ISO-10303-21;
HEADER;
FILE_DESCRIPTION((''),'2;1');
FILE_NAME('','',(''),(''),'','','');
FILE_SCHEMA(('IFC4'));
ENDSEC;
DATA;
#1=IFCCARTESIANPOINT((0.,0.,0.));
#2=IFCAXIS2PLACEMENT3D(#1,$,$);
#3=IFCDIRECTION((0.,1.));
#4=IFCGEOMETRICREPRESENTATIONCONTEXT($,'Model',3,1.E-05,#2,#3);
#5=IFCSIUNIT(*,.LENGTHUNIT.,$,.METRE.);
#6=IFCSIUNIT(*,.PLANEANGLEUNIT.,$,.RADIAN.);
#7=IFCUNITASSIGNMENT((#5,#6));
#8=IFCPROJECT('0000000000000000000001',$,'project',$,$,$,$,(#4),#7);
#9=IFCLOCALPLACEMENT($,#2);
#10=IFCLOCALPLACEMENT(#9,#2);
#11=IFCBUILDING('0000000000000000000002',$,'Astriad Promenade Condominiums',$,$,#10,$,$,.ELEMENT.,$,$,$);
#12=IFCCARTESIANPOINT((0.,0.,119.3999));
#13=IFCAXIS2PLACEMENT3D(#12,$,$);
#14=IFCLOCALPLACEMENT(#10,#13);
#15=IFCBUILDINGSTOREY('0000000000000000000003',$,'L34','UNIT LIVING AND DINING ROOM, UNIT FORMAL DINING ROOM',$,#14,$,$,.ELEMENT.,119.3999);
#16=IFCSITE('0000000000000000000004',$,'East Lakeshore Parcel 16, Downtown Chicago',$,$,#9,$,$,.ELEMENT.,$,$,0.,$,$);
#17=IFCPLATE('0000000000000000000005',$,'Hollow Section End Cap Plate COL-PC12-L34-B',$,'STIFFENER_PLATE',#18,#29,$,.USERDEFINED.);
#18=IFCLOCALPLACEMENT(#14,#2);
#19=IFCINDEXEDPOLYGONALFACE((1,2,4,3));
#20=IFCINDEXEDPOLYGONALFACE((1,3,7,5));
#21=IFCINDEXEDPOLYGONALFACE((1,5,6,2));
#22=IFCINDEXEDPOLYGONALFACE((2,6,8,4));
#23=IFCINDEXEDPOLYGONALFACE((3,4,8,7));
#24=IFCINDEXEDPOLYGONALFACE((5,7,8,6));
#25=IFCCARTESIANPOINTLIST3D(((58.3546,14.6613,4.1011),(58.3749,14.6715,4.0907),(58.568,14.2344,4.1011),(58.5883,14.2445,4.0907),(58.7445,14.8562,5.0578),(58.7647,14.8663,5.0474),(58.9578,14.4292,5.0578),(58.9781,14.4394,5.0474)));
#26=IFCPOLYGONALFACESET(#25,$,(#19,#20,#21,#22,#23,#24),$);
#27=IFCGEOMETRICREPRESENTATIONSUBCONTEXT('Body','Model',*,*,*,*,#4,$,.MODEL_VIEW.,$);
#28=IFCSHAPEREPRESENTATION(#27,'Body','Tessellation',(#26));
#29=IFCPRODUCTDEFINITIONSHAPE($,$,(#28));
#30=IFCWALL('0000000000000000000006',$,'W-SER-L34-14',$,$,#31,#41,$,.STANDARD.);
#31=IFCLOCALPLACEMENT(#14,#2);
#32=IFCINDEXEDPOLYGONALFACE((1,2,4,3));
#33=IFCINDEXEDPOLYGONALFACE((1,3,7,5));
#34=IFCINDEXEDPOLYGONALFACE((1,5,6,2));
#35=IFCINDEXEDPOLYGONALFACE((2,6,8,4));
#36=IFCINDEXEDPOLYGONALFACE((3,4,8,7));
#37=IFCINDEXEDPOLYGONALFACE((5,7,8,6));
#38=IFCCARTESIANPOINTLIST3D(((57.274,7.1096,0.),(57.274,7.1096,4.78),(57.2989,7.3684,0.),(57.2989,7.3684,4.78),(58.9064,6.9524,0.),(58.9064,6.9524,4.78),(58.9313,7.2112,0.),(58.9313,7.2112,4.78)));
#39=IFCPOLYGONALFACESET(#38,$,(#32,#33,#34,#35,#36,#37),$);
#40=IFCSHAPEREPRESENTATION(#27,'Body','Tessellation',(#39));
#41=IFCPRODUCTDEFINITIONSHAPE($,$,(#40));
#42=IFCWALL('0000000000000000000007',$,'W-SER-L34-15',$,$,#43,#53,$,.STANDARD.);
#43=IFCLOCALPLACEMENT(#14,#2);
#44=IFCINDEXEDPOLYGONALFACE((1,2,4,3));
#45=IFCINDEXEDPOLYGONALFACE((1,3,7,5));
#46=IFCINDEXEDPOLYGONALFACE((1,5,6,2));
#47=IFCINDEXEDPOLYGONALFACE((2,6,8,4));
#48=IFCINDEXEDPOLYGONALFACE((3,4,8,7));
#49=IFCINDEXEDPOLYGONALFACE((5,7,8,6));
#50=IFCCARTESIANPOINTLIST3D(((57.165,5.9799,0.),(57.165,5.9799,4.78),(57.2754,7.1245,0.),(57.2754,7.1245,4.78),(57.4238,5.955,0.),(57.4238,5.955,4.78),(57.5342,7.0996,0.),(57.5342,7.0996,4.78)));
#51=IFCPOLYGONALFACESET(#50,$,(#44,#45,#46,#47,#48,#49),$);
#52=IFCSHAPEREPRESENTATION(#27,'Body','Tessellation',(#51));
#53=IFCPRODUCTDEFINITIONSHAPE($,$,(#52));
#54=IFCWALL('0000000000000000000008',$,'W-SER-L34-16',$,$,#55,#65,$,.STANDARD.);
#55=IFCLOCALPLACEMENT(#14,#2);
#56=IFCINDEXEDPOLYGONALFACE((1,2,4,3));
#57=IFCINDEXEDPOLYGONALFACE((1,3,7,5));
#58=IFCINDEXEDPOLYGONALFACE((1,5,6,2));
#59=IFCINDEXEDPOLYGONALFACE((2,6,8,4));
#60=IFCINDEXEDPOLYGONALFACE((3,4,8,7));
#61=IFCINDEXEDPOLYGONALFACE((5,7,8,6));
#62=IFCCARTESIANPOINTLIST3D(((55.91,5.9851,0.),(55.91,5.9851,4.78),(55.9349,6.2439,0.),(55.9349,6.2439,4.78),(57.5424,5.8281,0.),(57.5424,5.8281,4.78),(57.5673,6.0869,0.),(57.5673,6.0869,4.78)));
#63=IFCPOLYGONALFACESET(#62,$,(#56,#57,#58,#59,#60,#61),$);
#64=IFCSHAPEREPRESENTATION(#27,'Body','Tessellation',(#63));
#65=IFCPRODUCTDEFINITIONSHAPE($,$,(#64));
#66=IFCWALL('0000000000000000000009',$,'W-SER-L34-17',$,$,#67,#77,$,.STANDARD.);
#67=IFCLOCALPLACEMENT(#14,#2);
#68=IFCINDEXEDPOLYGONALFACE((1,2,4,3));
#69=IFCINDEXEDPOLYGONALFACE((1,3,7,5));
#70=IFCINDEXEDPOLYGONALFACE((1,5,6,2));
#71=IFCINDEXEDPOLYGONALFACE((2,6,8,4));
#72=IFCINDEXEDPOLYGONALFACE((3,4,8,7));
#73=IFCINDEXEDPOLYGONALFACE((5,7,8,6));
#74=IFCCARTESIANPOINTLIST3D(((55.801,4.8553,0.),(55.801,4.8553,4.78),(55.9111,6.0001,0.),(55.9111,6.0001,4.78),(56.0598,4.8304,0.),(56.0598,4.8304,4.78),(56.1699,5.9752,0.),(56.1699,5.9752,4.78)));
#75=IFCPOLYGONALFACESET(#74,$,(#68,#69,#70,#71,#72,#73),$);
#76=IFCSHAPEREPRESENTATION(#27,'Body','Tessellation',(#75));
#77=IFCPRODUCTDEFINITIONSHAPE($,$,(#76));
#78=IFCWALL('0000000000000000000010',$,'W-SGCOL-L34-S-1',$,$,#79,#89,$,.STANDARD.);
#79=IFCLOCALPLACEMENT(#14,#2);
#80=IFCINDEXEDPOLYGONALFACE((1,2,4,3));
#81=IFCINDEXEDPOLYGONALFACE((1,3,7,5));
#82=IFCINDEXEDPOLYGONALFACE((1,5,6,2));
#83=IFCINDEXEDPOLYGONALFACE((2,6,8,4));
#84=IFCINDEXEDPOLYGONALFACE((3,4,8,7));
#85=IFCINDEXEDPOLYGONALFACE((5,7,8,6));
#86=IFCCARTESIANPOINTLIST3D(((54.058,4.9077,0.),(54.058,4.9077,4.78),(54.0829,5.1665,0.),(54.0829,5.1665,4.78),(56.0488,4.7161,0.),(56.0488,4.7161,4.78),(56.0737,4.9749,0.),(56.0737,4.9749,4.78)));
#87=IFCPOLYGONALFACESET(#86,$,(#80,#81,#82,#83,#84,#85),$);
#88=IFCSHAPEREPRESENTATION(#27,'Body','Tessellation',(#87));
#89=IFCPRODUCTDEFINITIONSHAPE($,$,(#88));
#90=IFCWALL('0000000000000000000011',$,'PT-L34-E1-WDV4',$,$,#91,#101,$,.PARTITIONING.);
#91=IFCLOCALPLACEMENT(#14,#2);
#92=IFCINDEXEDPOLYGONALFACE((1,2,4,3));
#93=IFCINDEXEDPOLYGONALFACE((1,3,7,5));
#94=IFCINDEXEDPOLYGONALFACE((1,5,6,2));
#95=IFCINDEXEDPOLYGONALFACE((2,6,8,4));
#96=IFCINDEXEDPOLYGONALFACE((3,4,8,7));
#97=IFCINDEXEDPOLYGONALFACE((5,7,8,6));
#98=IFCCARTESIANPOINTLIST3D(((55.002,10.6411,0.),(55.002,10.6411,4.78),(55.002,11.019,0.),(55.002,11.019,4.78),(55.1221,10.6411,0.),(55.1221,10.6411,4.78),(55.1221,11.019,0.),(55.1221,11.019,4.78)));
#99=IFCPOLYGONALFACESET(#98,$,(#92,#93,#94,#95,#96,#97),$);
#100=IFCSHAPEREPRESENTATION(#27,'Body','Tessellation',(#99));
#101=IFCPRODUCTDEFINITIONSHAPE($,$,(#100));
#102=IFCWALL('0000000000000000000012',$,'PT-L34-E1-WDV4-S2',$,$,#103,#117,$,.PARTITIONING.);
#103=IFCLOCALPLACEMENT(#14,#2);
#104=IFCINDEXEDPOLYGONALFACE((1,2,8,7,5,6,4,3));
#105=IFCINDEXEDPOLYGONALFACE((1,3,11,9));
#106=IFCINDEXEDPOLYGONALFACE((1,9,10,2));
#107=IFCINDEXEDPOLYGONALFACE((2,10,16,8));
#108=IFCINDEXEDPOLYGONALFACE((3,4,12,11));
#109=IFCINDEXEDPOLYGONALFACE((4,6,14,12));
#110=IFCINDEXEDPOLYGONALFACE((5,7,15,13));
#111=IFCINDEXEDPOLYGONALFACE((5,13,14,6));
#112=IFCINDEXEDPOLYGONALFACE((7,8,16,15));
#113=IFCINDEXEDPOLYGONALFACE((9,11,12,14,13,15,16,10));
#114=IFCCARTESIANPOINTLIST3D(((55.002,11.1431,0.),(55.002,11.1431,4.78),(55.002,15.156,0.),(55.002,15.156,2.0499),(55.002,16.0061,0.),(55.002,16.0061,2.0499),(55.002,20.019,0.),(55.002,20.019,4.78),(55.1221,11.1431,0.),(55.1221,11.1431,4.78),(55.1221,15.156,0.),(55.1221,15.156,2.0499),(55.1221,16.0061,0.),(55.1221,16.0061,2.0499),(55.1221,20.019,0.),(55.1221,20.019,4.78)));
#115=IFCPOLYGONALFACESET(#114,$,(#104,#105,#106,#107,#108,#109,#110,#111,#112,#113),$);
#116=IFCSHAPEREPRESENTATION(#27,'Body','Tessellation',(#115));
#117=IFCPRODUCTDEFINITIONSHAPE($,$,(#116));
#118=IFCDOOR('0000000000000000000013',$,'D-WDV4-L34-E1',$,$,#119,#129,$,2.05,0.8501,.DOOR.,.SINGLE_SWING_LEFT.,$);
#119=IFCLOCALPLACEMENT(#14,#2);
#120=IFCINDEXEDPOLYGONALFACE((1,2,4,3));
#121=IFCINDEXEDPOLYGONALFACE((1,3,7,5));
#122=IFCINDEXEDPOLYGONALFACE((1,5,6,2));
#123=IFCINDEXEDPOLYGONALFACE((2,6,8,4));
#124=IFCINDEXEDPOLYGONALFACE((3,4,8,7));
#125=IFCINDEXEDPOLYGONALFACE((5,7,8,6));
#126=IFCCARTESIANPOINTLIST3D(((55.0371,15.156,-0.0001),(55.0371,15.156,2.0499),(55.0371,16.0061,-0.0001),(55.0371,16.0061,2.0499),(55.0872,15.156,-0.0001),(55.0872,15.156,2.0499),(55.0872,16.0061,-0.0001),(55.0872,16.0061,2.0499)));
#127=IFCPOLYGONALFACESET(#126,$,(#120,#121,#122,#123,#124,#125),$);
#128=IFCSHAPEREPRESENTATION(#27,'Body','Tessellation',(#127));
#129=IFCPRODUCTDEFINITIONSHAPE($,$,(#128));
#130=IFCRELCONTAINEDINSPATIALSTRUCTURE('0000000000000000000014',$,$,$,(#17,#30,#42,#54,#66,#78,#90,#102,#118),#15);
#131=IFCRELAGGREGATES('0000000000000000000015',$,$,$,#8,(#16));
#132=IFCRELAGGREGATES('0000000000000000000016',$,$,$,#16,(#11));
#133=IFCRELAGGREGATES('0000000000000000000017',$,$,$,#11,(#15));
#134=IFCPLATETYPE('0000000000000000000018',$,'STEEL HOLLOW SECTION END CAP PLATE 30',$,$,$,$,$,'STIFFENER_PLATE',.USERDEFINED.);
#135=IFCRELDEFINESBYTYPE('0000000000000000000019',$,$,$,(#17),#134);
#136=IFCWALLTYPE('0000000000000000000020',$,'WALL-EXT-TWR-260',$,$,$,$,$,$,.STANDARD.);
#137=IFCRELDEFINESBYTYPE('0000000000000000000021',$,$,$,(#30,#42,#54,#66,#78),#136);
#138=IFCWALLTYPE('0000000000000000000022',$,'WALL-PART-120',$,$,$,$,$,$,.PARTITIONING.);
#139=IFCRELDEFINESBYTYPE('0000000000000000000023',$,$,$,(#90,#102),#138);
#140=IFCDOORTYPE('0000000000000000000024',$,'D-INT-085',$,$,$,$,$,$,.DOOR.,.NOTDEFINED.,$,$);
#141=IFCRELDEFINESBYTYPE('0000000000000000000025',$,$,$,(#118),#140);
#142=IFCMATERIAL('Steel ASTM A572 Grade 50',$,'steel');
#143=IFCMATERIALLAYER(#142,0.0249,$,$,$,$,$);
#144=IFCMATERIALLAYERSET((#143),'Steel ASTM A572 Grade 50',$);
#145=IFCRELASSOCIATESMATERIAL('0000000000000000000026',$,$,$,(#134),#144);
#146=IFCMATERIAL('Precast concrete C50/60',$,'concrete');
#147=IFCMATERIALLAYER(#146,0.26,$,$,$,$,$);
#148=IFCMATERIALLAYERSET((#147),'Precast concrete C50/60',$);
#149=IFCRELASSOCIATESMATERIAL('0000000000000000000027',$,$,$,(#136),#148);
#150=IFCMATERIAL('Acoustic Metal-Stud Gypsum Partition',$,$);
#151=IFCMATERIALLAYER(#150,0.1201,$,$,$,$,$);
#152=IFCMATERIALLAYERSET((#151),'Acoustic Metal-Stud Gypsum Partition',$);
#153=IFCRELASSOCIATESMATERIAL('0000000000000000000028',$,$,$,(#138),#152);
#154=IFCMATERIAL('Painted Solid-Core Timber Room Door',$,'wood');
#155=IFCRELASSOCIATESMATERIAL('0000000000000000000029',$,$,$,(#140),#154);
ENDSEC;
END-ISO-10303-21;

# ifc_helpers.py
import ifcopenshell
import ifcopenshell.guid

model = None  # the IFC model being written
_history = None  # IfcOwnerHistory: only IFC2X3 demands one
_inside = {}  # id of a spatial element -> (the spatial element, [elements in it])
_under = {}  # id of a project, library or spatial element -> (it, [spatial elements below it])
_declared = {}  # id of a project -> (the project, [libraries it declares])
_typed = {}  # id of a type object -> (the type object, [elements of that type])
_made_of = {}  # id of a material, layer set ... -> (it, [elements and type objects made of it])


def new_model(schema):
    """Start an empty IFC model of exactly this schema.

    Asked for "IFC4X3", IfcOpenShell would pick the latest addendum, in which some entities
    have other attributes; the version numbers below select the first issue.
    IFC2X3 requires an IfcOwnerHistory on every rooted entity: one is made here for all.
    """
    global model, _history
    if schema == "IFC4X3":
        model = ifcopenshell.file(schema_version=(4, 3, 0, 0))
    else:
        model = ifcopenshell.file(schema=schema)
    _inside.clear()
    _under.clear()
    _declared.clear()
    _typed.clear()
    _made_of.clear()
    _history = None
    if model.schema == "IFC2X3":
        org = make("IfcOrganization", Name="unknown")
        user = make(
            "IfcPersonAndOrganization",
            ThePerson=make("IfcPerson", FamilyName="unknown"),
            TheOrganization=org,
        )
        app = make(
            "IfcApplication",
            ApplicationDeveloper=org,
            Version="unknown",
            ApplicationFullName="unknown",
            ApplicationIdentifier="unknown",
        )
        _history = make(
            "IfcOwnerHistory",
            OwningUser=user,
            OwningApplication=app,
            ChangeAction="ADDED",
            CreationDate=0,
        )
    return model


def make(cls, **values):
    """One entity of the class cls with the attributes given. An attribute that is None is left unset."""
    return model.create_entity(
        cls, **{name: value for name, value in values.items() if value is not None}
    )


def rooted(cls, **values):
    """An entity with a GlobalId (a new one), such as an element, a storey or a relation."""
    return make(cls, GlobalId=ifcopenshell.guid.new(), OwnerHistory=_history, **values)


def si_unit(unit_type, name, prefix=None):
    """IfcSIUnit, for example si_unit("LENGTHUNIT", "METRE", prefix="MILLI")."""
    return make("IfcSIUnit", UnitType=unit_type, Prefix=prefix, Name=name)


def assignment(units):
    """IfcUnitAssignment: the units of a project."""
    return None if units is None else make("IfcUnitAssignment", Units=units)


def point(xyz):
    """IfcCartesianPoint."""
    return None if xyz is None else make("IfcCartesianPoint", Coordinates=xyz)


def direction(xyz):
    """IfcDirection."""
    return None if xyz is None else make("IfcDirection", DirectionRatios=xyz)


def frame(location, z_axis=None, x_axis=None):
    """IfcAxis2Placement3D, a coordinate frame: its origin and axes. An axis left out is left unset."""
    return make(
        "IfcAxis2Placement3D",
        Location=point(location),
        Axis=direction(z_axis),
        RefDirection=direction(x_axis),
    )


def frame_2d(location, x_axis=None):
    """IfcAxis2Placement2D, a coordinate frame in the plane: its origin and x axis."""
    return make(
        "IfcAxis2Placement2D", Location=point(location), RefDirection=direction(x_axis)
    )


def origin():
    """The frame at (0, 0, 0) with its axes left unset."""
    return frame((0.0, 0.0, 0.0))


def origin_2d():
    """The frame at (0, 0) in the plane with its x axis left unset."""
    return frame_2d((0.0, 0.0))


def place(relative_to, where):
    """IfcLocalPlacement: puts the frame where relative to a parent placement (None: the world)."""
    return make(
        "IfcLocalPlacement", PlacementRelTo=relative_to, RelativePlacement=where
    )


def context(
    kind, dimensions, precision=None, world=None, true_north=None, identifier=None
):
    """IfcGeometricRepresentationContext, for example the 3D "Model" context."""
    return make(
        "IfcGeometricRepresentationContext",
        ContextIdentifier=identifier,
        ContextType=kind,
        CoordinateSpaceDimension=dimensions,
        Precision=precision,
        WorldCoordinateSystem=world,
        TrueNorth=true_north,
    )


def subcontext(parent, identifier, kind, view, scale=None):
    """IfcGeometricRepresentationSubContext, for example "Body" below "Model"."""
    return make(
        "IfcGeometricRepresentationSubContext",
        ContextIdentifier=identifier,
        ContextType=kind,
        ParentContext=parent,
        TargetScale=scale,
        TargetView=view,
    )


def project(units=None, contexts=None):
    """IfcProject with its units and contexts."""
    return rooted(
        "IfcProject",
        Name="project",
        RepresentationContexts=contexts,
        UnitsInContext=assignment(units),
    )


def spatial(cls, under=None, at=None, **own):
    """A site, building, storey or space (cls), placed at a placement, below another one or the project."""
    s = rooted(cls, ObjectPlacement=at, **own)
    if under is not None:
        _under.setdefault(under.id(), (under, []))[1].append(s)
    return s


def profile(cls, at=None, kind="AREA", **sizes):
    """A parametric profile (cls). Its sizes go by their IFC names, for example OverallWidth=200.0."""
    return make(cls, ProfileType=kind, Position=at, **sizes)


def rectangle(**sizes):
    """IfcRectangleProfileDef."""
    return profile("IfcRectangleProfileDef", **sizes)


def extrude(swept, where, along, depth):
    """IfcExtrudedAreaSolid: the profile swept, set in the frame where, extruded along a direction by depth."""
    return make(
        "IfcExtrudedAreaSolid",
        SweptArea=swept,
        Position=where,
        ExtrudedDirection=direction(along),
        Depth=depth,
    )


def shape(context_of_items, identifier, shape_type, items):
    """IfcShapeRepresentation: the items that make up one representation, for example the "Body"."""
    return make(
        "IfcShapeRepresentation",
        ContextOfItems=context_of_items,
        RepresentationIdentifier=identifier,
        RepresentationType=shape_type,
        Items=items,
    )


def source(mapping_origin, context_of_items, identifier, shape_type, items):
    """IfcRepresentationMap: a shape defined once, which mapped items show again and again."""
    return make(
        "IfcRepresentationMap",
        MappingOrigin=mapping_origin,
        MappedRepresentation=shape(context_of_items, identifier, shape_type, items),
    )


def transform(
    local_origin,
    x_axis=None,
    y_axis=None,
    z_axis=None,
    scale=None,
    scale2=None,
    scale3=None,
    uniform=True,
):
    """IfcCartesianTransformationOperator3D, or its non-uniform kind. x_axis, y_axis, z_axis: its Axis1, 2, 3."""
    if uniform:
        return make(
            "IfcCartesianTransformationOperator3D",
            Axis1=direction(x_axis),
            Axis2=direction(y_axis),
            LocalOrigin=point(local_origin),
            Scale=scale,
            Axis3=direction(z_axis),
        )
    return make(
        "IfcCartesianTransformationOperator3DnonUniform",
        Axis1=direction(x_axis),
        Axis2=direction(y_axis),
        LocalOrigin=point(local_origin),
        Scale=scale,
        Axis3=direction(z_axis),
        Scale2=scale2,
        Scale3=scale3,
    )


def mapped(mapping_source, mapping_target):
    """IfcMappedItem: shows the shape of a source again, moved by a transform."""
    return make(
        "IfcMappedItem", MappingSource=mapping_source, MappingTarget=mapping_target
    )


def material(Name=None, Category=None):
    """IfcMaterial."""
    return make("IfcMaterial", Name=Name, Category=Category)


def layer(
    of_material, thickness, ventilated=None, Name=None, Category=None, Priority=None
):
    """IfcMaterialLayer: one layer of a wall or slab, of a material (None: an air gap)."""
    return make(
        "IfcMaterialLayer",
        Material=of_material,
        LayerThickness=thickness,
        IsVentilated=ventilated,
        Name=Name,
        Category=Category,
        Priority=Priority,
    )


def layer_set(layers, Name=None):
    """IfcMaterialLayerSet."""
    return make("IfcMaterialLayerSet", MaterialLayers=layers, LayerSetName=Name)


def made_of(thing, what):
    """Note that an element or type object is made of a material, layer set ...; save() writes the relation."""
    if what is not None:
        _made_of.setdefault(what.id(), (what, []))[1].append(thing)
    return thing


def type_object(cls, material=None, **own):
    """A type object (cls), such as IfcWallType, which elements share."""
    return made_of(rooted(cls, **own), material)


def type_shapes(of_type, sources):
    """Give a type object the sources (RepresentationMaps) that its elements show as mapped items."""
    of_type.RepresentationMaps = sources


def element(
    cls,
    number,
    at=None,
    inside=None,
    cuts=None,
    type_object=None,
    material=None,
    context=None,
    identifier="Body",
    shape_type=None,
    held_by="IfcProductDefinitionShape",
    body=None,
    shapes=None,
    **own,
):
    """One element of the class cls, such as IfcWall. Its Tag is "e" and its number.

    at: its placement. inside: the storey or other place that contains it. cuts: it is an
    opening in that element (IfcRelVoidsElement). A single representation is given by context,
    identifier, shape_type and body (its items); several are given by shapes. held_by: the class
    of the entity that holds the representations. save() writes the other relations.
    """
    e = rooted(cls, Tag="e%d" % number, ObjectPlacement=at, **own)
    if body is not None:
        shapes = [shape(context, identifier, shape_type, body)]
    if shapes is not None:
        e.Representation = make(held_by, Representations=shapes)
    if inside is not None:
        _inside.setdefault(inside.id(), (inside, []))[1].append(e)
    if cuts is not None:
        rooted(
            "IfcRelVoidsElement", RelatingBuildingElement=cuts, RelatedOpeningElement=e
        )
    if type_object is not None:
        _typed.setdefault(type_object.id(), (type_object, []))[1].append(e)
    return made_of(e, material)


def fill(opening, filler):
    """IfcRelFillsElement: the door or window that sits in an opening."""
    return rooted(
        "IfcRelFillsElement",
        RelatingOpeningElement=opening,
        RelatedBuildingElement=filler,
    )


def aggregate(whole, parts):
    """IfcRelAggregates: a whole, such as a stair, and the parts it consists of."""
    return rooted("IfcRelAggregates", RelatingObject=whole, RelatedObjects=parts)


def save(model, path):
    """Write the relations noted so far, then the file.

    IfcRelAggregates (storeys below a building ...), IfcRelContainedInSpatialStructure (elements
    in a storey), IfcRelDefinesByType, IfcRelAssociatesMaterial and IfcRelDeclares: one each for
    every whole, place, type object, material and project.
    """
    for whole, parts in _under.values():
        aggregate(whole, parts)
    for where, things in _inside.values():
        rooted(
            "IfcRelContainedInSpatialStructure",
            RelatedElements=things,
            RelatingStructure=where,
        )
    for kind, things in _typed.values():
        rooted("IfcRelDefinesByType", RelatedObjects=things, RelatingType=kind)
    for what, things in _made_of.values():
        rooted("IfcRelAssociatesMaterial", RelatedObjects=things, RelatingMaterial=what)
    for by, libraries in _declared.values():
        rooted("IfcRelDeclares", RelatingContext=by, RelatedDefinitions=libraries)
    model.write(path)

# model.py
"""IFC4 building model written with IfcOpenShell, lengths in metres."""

from ifc_helpers import new_model, si_unit, direction, frame, frame_2d, origin, origin_2d, place, context, subcontext, project, spatial, rectangle, extrude, source, transform, mapped, material, layer, layer_set, type_object, type_shapes, element, fill, save


model = new_model("IFC4")

# Units and contexts
model_context = context("Model", 3, precision=1e-05, world=origin(), true_north=direction((0.0, 1.0)))
body_context = subcontext(model_context, "Body", "Model", "MODEL_VIEW")
ifc_project = project(units=[si_unit("LENGTHUNIT", "METRE"), si_unit("PLANEANGLEUNIT", "RADIAN")], contexts=[model_context])

# Site, building, storey
site_placement = place(None, origin())
site = spatial("IfcSite", under=ifc_project, at=site_placement, Name="East Lakeshore Parcel 16, Downtown Chicago", CompositionType="ELEMENT", RefElevation=0.0)
building_placement = place(site_placement, origin())
building = spatial("IfcBuilding", under=site, at=building_placement, Name="Astriad Promenade Condominiums", CompositionType="ELEMENT")
storey_placement = place(building_placement, frame((0.0, 0.0, 119.3999)))
storey = spatial("IfcBuildingStorey", under=building, at=storey_placement, Name="L34", Description="UNIT LIVING AND DINING ROOM, UNIT FORMAL DINING ROOM", CompositionType="ELEMENT", Elevation=119.3999)

# Plate
ifc_material_1 = material(Name="Steel ASTM A572 Grade 50", Category="steel")
ifc_layer_1 = layer(ifc_material_1, 0.0249)
ifc_layer_set_1 = layer_set([ifc_layer_1], Name="Steel ASTM A572 Grade 50")
plate_type = type_object("IfcPlateType", Name="STEEL HOLLOW SECTION END CAP PLATE 30", ElementType="STIFFENER_PLATE", PredefinedType="USERDEFINED", material=ifc_layer_set_1)
shared_shape_1 = source(origin(), body_context, "Body", "SweptSolid", [
    extrude(rectangle(XDim=0.4773, YDim=1.0513, at=origin_2d()), origin(), (0.0, 0.0, 1.0), 0.0249),
])
type_shapes(plate_type, [shared_shape_1])
for number, where, z_axis, x_axis, name in (
    (1, (58.6765, 14.5554, 4.5691), (-0.814029, -0.406824, 0.414548), (0.447046, -0.894511, 0.0), "Hollow Section End Cap Plate COL-PC12-L34-B"),
):
    element("IfcPlate", number, at=place(storey_placement, frame(where, z_axis=z_axis, x_axis=x_axis)), inside=storey, type_object=plate_type, Name=name, ObjectType="STIFFENER_PLATE", PredefinedType="USERDEFINED", context=body_context, shape_type="MappedRepresentation", body=[
        mapped(shared_shape_1, transform((0.0, 0.0, 0.0), scale=1.0)),
    ])

# Walls
ifc_material_2 = material(Name="Precast concrete C50/60", Category="concrete")
ifc_layer_2 = layer(ifc_material_2, 0.26)
ifc_layer_set_2 = layer_set([ifc_layer_2], Name="Precast concrete C50/60")
wall_type_1 = type_object("IfcWallType", Name="WALL-EXT-TWR-260", PredefinedType="STANDARD", material=ifc_layer_set_2)
wall_1_placement = place(storey_placement, frame((58.9187, 7.0818, 0.0), z_axis=(0.0, 0.0, 1.0), x_axis=(-0.995393, 0.095877, 0.0)))
element("IfcWall", 2, at=wall_1_placement, inside=storey, type_object=wall_type_1, Name="W-SER-L34-14", PredefinedType="STANDARD", context=body_context, shape_type="SweptSolid", body=[
    extrude(rectangle(XDim=1.6399, YDim=0.26, at=frame_2d((0.8198, 0.0))), origin(), (0.0, 0.0, 1.0), 4.78),
])
wall_2_placement = place(storey_placement, frame((57.4048, 7.1121, 0.0), z_axis=(0.0, 0.0, 1.0), x_axis=(-0.095971, -0.995384, 0.0)))
element("IfcWall", 3, at=wall_2_placement, inside=storey, type_object=wall_type_1, Name="W-SER-L34-15", PredefinedType="STANDARD", context=body_context, shape_type="SweptSolid", body=[
    extrude(rectangle(XDim=1.1499, YDim=0.26, at=frame_2d((0.575, 0.0))), origin(), (0.0, 0.0, 1.0), 4.78),
])
wall_3_placement = place(storey_placement, frame((57.5547, 5.9575, 0.0), z_axis=(0.0, 0.0, 1.0), x_axis=(-0.995407, 0.095729, 0.0)))
element("IfcWall", 4, at=wall_3_placement, inside=storey, type_object=wall_type_1, Name="W-SER-L34-16", PredefinedType="STANDARD", context=body_context, shape_type="SweptSolid", body=[
    extrude(rectangle(XDim=1.6399, YDim=0.26, at=frame_2d((0.8198, 0.0))), origin(), (0.0, 0.0, 1.0), 4.78),
])
wall_4_placement = place(storey_placement, frame((56.0405, 5.9878, 0.0), z_axis=(0.0, 0.0, 1.0), x_axis=(-0.095741, -0.995406, 0.0)))
element("IfcWall", 5, at=wall_4_placement, inside=storey, type_object=wall_type_1, Name="W-SER-L34-17", PredefinedType="STANDARD", context=body_context, shape_type="SweptSolid", body=[
    extrude(rectangle(XDim=1.1501, YDim=0.26, at=frame_2d((0.5752, 0.0))), origin(), (0.0, 0.0, 1.0), 4.78),
])
wall_5_placement = place(storey_placement, frame((56.0613, 4.8455, 0.0), z_axis=(0.0, 0.0, 1.0), x_axis=(-0.995398, 0.095829, 0.0)))
element("IfcWall", 6, at=wall_5_placement, inside=storey, type_object=wall_type_1, Name="W-SGCOL-L34-S-1", PredefinedType="STANDARD", context=body_context, shape_type="SweptSolid", body=[
    extrude(rectangle(XDim=2.0, YDim=0.26, at=frame_2d((1.0, 0.0))), origin(), (0.0, 0.0, 1.0), 4.78),
])
ifc_material_3 = material(Name="Acoustic Metal-Stud Gypsum Partition")
ifc_layer_3 = layer(ifc_material_3, 0.1201)
ifc_layer_set_3 = layer_set([ifc_layer_3], Name="Acoustic Metal-Stud Gypsum Partition")
wall_type_2 = type_object("IfcWallType", Name="WALL-PART-120", PredefinedType="PARTITIONING", material=ifc_layer_set_3)
wall_6_placement = place(storey_placement, frame((55.062, 10.6411, 0.0), z_axis=(0.0, 0.0, 1.0), x_axis=(0.0, 1.0, 0.0)))
element("IfcWall", 7, at=wall_6_placement, inside=storey, type_object=wall_type_2, Name="PT-L34-E1-WDV4", PredefinedType="PARTITIONING", context=body_context, shape_type="SweptSolid", body=[
    extrude(rectangle(XDim=0.3779, YDim=0.1201, at=frame_2d((0.189, 0.0))), origin(), (0.0, 0.0, 1.0), 4.78),
])

# Wall, opening, door
wall_7_placement = place(storey_placement, frame((55.062, 11.1431, 0.0), z_axis=(0.0, 0.0, 1.0), x_axis=(0.0, 1.0, 0.0)))
wall_7 = element("IfcWall", 8, at=wall_7_placement, inside=storey, type_object=wall_type_2, Name="PT-L34-E1-WDV4-S2", PredefinedType="PARTITIONING", context=body_context, shape_type="SweptSolid", body=[
    extrude(rectangle(XDim=8.876, YDim=0.1201, at=frame_2d((4.438, 0.0))), origin(), (0.0, 0.0, 1.0), 4.78),
])
opening_placement = place(wall_7_placement, frame((4.0129, 0.0, 0.0)))
opening = element("IfcOpeningElement", 9, at=opening_placement, cuts=wall_7, PredefinedType="OPENING", context=body_context, shape_type="SweptSolid", body=[
    extrude(rectangle(XDim=0.8501, YDim=2.05, at=frame_2d((0.425, 1.0249))), frame((0.0, 0.0701, 0.0), z_axis=(0.0, -1.0, 0.0), x_axis=(1.0, 0.0, 0.0)), (0.0, 0.0, 1.0), 0.1401),
])
ifc_material_4 = material(Name="Painted Solid-Core Timber Room Door", Category="wood")
door_type = type_object("IfcDoorType", Name="D-INT-085", OperationType="NOTDEFINED", PredefinedType="DOOR", material=ifc_material_4)
shared_shape_2 = source(origin(), body_context, "Body", "SweptSolid", [
    extrude(rectangle(XDim=0.8501, YDim=2.05, at=frame_2d((0.425, 1.0249))), frame((0.0, 0.0249, 0.0), z_axis=(0.0, -1.0, 0.0), x_axis=(1.0, 0.0, 0.0)), (0.0, 0.0, 1.0), 0.05),
])
type_shapes(door_type, [shared_shape_2])
door_placement = place(opening_placement, origin())
door = element("IfcDoor", 10, at=door_placement, inside=storey, type_object=door_type, Name="D-WDV4-L34-E1", OperationType="SINGLE_SWING_LEFT", OverallHeight=2.05, OverallWidth=0.8501, PredefinedType="DOOR", context=body_context, shape_type="MappedRepresentation", body=[
    mapped(shared_shape_2, transform((0.0, 0.0, 0.0), scale=1.0)),
])
fill(opening, door)

save(model, "model.ifc")
